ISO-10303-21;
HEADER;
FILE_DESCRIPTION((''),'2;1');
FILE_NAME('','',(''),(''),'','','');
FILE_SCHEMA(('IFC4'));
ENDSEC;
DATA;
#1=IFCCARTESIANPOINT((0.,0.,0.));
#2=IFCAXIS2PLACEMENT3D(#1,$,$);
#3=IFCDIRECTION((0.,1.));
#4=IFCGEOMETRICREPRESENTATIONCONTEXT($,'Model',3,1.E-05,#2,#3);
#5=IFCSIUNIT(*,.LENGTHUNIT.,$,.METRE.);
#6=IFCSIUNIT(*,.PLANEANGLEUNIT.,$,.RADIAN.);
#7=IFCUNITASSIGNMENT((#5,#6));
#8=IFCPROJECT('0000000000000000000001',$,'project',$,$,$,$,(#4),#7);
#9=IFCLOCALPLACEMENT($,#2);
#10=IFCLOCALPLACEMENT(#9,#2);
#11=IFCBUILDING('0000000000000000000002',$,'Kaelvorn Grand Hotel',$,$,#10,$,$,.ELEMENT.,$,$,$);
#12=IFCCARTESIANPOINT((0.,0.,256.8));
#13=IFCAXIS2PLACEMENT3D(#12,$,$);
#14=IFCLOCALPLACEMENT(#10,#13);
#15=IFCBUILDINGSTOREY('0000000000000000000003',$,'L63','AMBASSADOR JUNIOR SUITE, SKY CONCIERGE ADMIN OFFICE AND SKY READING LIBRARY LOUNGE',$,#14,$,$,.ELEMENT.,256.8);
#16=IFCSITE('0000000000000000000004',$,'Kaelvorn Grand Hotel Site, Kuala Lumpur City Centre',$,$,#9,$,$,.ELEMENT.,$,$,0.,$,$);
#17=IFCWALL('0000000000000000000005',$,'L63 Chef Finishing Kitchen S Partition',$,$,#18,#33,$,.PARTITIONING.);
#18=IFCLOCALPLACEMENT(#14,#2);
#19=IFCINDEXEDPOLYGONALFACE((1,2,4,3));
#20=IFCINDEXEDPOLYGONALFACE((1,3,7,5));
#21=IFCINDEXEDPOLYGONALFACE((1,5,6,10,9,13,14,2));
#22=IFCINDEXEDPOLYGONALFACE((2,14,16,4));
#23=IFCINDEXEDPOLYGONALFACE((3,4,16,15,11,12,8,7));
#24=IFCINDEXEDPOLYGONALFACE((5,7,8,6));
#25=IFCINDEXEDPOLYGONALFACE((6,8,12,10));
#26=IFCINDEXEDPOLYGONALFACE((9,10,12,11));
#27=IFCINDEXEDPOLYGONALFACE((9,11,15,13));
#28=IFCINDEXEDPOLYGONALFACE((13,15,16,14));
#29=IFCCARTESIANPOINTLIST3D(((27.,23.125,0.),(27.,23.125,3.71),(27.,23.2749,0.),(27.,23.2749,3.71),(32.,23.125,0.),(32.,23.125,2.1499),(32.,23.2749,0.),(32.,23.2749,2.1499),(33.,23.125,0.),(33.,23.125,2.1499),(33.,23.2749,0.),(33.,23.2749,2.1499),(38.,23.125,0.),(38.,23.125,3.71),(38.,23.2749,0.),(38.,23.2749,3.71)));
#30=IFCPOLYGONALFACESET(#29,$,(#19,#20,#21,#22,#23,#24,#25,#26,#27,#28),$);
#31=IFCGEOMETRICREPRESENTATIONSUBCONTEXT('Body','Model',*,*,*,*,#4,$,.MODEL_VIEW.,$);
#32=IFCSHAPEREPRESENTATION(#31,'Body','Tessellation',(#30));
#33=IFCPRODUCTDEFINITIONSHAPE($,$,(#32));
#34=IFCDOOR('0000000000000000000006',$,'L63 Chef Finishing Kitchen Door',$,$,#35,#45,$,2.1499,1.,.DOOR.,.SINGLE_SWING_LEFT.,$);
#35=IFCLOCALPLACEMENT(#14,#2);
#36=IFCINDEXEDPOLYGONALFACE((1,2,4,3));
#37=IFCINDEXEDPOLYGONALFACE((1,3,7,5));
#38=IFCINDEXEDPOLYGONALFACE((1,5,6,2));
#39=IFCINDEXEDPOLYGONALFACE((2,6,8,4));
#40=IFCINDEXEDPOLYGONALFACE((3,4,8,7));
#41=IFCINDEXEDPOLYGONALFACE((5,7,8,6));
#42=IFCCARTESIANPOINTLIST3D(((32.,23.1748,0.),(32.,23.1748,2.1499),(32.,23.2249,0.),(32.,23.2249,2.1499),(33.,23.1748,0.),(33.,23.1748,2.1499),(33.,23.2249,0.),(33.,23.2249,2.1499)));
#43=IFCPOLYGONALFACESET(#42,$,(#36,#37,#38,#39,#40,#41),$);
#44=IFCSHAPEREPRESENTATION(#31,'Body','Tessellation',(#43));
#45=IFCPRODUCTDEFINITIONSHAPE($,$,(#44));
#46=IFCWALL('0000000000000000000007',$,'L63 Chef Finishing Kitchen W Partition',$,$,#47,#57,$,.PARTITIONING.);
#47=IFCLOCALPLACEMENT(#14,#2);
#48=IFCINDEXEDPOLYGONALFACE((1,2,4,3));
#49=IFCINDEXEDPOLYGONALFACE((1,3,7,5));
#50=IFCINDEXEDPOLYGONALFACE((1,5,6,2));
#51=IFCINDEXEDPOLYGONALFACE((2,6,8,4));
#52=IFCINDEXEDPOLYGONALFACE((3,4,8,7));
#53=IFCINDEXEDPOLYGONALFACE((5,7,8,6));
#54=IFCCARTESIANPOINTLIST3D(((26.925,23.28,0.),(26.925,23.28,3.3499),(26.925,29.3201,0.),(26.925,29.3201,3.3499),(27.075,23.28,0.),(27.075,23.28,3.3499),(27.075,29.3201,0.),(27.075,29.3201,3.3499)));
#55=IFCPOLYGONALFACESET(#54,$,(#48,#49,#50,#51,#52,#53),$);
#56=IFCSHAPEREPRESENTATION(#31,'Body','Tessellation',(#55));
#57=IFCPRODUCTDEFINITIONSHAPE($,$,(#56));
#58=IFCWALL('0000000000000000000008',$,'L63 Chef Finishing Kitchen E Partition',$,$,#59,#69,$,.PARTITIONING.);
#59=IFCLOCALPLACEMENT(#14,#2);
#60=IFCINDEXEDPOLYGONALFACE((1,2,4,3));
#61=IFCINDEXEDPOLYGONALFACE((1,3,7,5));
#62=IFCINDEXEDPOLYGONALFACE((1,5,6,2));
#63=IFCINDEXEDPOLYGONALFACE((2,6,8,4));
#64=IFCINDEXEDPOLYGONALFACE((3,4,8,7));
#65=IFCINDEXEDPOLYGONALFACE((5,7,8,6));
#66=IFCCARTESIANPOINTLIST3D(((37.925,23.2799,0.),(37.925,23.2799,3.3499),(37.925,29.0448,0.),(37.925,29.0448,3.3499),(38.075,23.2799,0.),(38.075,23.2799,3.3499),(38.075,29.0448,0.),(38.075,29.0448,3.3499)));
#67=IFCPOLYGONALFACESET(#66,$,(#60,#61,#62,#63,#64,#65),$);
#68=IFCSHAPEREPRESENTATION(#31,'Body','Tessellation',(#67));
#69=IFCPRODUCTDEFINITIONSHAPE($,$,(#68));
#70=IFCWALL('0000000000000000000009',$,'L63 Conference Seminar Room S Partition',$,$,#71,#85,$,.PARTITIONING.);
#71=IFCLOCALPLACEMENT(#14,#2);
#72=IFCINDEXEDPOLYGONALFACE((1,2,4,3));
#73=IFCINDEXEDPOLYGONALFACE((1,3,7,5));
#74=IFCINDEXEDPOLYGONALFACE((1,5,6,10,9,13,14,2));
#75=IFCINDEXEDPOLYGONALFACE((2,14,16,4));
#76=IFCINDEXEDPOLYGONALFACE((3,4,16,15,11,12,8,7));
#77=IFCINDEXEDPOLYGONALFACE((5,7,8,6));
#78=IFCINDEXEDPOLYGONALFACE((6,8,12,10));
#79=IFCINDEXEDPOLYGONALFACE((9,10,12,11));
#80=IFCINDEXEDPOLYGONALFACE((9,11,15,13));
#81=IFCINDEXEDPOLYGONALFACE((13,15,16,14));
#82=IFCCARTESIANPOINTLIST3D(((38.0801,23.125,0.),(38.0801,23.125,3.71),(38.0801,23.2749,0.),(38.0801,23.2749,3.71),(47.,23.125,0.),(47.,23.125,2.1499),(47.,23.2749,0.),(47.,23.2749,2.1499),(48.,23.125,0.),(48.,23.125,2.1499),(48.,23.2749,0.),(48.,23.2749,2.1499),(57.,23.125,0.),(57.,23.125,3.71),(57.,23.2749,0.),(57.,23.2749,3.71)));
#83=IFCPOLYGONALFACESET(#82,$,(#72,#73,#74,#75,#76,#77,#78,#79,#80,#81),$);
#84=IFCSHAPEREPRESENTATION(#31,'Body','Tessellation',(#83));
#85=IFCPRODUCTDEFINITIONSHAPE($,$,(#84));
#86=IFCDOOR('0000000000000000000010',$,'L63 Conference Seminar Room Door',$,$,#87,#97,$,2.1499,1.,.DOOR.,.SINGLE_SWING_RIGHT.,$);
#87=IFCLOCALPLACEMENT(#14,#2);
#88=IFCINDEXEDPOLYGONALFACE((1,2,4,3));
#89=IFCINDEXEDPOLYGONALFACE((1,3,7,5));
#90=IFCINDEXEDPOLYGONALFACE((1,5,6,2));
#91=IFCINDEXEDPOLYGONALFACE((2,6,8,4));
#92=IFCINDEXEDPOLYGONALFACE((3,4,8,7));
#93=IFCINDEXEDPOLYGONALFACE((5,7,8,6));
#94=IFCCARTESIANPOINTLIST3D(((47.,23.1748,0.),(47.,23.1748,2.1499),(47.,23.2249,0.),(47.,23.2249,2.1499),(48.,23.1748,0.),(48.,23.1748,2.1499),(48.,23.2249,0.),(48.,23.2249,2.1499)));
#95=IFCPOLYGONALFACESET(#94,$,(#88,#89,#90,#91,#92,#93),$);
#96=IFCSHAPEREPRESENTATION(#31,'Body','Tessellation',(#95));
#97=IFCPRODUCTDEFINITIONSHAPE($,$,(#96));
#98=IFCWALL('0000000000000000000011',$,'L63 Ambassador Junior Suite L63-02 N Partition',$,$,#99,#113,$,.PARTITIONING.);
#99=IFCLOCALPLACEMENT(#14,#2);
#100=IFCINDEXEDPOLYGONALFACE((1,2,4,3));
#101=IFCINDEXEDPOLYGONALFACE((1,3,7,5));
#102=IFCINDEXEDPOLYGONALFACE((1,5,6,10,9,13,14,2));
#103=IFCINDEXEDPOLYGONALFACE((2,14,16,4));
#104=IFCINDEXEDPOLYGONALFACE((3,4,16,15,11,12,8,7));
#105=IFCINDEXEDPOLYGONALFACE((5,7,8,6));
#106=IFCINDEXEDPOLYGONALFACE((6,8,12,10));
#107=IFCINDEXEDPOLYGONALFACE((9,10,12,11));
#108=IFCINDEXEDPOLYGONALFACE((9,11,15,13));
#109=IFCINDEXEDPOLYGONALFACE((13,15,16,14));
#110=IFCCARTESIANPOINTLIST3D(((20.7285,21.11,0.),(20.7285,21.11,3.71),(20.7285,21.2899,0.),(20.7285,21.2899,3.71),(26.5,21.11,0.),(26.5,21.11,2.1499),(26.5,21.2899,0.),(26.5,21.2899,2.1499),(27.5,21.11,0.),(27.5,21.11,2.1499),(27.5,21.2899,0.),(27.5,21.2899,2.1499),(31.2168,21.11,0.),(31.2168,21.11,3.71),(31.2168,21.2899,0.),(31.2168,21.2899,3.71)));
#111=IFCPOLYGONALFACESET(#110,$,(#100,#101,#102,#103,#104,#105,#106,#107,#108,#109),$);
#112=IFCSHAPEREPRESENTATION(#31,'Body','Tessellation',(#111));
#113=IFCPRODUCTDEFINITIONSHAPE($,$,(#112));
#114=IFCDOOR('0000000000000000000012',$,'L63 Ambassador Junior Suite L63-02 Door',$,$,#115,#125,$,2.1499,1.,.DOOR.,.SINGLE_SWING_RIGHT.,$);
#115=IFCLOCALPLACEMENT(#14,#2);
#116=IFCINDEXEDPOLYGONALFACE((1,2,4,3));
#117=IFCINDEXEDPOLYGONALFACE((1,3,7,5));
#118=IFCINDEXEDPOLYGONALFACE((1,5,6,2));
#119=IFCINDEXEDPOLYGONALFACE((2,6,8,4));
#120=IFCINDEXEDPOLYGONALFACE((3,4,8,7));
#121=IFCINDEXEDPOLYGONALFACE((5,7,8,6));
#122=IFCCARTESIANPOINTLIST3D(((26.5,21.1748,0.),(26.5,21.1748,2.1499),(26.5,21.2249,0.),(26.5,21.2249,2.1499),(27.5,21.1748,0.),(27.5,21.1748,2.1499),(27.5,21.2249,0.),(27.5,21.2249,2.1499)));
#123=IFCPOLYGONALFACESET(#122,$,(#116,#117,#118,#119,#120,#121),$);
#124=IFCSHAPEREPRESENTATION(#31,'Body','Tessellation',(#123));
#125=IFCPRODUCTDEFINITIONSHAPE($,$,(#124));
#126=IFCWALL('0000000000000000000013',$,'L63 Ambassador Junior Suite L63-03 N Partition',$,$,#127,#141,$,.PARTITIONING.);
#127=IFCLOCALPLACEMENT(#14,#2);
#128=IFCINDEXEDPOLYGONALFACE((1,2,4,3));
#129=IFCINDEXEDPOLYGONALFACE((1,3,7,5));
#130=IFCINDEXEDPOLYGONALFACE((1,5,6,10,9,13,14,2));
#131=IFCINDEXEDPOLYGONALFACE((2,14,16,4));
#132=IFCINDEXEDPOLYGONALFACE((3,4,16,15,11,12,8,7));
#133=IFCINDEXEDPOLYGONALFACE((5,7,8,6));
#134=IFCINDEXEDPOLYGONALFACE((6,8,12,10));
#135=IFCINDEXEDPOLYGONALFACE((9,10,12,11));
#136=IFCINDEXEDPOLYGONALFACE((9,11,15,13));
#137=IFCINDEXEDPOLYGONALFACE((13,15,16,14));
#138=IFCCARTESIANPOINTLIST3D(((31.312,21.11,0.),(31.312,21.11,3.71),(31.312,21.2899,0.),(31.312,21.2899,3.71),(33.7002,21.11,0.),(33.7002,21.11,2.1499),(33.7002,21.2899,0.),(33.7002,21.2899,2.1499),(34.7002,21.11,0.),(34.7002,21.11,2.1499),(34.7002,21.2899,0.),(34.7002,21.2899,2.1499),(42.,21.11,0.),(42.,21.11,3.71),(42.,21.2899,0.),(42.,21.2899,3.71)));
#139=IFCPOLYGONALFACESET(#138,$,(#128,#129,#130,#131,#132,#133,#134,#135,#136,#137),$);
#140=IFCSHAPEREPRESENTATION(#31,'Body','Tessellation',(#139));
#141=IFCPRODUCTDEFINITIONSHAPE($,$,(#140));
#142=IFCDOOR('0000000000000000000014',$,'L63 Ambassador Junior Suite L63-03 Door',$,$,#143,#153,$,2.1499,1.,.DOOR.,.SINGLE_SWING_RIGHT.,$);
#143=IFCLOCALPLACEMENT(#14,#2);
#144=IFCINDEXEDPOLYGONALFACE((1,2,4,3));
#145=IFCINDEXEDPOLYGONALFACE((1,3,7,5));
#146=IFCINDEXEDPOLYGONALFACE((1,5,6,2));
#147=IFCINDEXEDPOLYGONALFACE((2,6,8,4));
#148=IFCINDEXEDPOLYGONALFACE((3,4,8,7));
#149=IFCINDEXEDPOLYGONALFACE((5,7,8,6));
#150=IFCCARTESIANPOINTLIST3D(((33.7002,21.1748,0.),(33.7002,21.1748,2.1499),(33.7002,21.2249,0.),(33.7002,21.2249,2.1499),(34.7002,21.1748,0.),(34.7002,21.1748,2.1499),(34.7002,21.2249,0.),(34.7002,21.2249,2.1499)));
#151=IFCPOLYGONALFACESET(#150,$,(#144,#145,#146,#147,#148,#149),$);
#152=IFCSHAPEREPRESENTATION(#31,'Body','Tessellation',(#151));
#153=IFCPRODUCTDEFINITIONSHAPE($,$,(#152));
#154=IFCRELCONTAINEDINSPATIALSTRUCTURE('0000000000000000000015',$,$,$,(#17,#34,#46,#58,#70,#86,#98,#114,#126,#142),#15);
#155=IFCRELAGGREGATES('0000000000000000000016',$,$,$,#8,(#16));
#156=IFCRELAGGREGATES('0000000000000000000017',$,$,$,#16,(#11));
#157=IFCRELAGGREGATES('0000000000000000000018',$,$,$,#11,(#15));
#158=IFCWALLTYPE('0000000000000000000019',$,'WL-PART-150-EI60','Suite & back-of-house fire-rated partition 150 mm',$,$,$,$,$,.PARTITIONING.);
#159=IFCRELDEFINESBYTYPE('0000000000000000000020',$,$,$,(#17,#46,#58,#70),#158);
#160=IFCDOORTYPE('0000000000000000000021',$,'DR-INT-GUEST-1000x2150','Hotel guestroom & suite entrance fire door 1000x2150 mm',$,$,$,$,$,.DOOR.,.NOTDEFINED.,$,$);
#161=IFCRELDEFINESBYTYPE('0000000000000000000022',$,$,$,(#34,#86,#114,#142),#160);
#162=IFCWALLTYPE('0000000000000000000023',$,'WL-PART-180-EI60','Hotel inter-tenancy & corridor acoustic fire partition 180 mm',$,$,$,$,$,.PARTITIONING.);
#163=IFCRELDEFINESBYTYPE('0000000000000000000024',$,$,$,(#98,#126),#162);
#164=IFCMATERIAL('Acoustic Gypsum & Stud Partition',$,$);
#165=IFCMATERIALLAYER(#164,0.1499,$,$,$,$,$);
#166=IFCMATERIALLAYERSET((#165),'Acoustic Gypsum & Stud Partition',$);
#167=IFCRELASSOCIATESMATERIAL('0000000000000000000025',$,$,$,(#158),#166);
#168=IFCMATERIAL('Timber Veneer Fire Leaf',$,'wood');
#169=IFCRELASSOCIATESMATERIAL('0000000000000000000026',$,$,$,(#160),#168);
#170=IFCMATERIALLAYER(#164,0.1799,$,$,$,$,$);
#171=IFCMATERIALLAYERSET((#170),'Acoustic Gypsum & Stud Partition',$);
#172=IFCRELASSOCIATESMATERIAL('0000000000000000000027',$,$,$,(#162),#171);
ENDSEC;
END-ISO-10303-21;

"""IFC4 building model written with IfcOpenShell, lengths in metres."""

from ifc_helpers import new_model, si_unit, direction, frame, frame_2d, origin, place, context, subcontext, project, spatial, rectangle, extrude, material, layer, layer_set, type_object, element, fill, save


model = new_model("IFC4")

# Units and contexts
model_context = context("Model", 3, precision=1e-05, world=origin(), true_north=direction((0.0, 1.0)))
body_context = subcontext(model_context, "Body", "Model", "MODEL_VIEW")
ifc_project = project(units=[si_unit("LENGTHUNIT", "METRE"), si_unit("PLANEANGLEUNIT", "RADIAN")], contexts=[model_context])

# Site, building, storey
site_placement = place(None, origin())
site = spatial("IfcSite", under=ifc_project, at=site_placement, Name="Kaelvorn Grand Hotel Site, Kuala Lumpur City Centre", CompositionType="ELEMENT", RefElevation=0.0)
building_placement = place(site_placement, origin())
building = spatial("IfcBuilding", under=site, at=building_placement, Name="Kaelvorn Grand Hotel", CompositionType="ELEMENT")
storey_placement = place(building_placement, frame((0.0, 0.0, 256.8)))
storey = spatial("IfcBuildingStorey", under=building, at=storey_placement, Name="L63", Description="AMBASSADOR JUNIOR SUITE, SKY CONCIERGE ADMIN OFFICE AND SKY READING LIBRARY LOUNGE", CompositionType="ELEMENT", Elevation=256.8)

# Shared definitions
ifc_material_1 = material(Name="Acoustic Gypsum & Stud Partition")
ifc_layer_1 = layer(ifc_material_1, 0.1499)
ifc_layer_set_1 = layer_set([ifc_layer_1], Name="Acoustic Gypsum & Stud Partition")
wall_type_1 = type_object("IfcWallType", Name="WL-PART-150-EI60", Description="Suite & back-of-house fire-rated partition 150 mm", PredefinedType="PARTITIONING", material=ifc_layer_set_1)

# Wall, opening, door
wall_1_placement = place(storey_placement, frame((27.0, 23.2, 0.0), z_axis=(0.0, 0.0, 1.0), x_axis=(1.0, 0.0, 0.0)))
wall_1 = element("IfcWall", 1, at=wall_1_placement, inside=storey, type_object=wall_type_1, Name="L63 Chef Finishing Kitchen S Partition", PredefinedType="PARTITIONING", context=body_context, shape_type="SweptSolid", body=[
    extrude(rectangle(XDim=11.0, YDim=0.1499, at=frame_2d((5.5, 0.0))), origin(), (0.0, 0.0, 1.0), 3.71),
])
opening_1_placement = place(wall_1_placement, frame((5.0, 0.0, 0.0)))
opening_1 = element("IfcOpeningElement", 2, at=opening_1_placement, cuts=wall_1, PredefinedType="OPENING", context=body_context, shape_type="SweptSolid", body=[
    extrude(rectangle(XDim=1.0, YDim=2.1499, at=frame_2d((0.5, 1.075))), frame((0.0, 0.085, 0.0), z_axis=(0.0, -1.0, 0.0), x_axis=(1.0, 0.0, 0.0)), (0.0, 0.0, 1.0), 0.1699),
])
ifc_material_2 = material(Name="Timber Veneer Fire Leaf", Category="wood")
door_type_1 = type_object("IfcDoorType", Name="DR-INT-GUEST-1000x2150", Description="Hotel guestroom & suite entrance fire door 1000x2150 mm", OperationType="NOTDEFINED", PredefinedType="DOOR", material=ifc_material_2)
door_1_placement = place(opening_1_placement, origin())
door_1 = element("IfcDoor", 3, at=door_1_placement, inside=storey, type_object=door_type_1, Name="L63 Chef Finishing Kitchen Door", OperationType="SINGLE_SWING_LEFT", OverallHeight=2.1499, OverallWidth=1.0, PredefinedType="DOOR", context=body_context, shape_type="SweptSolid", body=[
    extrude(rectangle(XDim=1.0, YDim=2.1499, at=frame_2d((0.5, 1.075))), frame((0.0, 0.0249, 0.0), z_axis=(0.0, -1.0, 0.0), x_axis=(1.0, 0.0, 0.0)), (0.0, 0.0, 1.0), 0.05),
])
fill(opening_1, door_1)

# Walls
wall_2_placement = place(storey_placement, frame((27.0, 23.28, 0.0), z_axis=(0.0, 0.0, 1.0), x_axis=(0.0, 1.0, 0.0)))
element("IfcWall", 4, at=wall_2_placement, inside=storey, type_object=wall_type_1, Name="L63 Chef Finishing Kitchen W Partition", PredefinedType="PARTITIONING", context=body_context, shape_type="SweptSolid", body=[
    extrude(rectangle(XDim=6.04, YDim=0.1499, at=frame_2d((3.02, 0.0))), origin(), (0.0, 0.0, 1.0), 3.3499),
])
wall_3_placement = place(storey_placement, frame((38.0, 23.28, 0.0), z_axis=(0.0, 0.0, 1.0), x_axis=(0.0, 1.0, 0.0)))
element("IfcWall", 5, at=wall_3_placement, inside=storey, type_object=wall_type_1, Name="L63 Chef Finishing Kitchen E Partition", PredefinedType="PARTITIONING", context=body_context, shape_type="SweptSolid", body=[
    extrude(rectangle(XDim=5.7649, YDim=0.1499, at=frame_2d((2.8823, 0.0))), origin(), (0.0, 0.0, 1.0), 3.3499),
])

# Walls, openings, doors
wall_4_placement = place(storey_placement, frame((38.0801, 23.2, 0.0), z_axis=(0.0, 0.0, 1.0), x_axis=(1.0, 0.0, 0.0)))
wall_4 = element("IfcWall", 6, at=wall_4_placement, inside=storey, type_object=wall_type_1, Name="L63 Conference Seminar Room S Partition", PredefinedType="PARTITIONING", context=body_context, shape_type="SweptSolid", body=[
    extrude(rectangle(XDim=18.9199, YDim=0.1499, at=frame_2d((9.46, 0.0))), origin(), (0.0, 0.0, 1.0), 3.71),
])
opening_2_placement = place(wall_4_placement, frame((8.9199, 0.0, 0.0)))
opening_2 = element("IfcOpeningElement", 7, at=opening_2_placement, cuts=wall_4, PredefinedType="OPENING", context=body_context, shape_type="SweptSolid", body=[
    extrude(rectangle(XDim=1.0, YDim=2.1499, at=frame_2d((0.5, 1.075))), frame((0.0, 0.085, 0.0), z_axis=(0.0, -1.0, 0.0), x_axis=(1.0, 0.0, 0.0)), (0.0, 0.0, 1.0), 0.1699),
])
door_2_placement = place(opening_2_placement, origin())
door_2 = element("IfcDoor", 8, at=door_2_placement, inside=storey, type_object=door_type_1, Name="L63 Conference Seminar Room Door", OperationType="SINGLE_SWING_RIGHT", OverallHeight=2.1499, OverallWidth=1.0, PredefinedType="DOOR", context=body_context, shape_type="SweptSolid", body=[
    extrude(rectangle(XDim=1.0, YDim=2.1499, at=frame_2d((0.5, 1.075))), frame((0.0, 0.0249, 0.0), z_axis=(0.0, -1.0, 0.0), x_axis=(1.0, 0.0, 0.0)), (0.0, 0.0, 1.0), 0.05),
])
fill(opening_2, door_2)
ifc_layer_2 = layer(ifc_material_1, 0.1799)
ifc_layer_set_2 = layer_set([ifc_layer_2], Name="Acoustic Gypsum & Stud Partition")
wall_type_2 = type_object("IfcWallType", Name="WL-PART-180-EI60", Description="Hotel inter-tenancy & corridor acoustic fire partition 180 mm", PredefinedType="PARTITIONING", material=ifc_layer_set_2)
wall_5_placement = place(storey_placement, frame((20.7285, 21.2, 0.0), z_axis=(0.0, 0.0, 1.0), x_axis=(1.0, 0.0, 0.0)))
wall_5 = element("IfcWall", 9, at=wall_5_placement, inside=storey, type_object=wall_type_2, Name="L63 Ambassador Junior Suite L63-02 N Partition", PredefinedType="PARTITIONING", context=body_context, shape_type="SweptSolid", body=[
    extrude(rectangle(XDim=10.4883, YDim=0.1799, at=frame_2d((5.2441, 0.0))), origin(), (0.0, 0.0, 1.0), 3.71),
])
opening_3_placement = place(wall_5_placement, frame((5.7715, 0.0, 0.0)))
opening_3 = element("IfcOpeningElement", 10, at=opening_3_placement, cuts=wall_5, PredefinedType="OPENING", context=body_context, shape_type="SweptSolid", body=[
    extrude(rectangle(XDim=1.0, YDim=2.1499, at=frame_2d((0.5, 1.075))), frame((0.0, 0.1001, 0.0), z_axis=(0.0, -1.0, 0.0), x_axis=(1.0, 0.0, 0.0)), (0.0, 0.0, 1.0), 0.2),
])
door_3_placement = place(opening_3_placement, origin())
door_3 = element("IfcDoor", 11, at=door_3_placement, inside=storey, type_object=door_type_1, Name="L63 Ambassador Junior Suite L63-02 Door", OperationType="SINGLE_SWING_RIGHT", OverallHeight=2.1499, OverallWidth=1.0, PredefinedType="DOOR", context=body_context, shape_type="SweptSolid", body=[
    extrude(rectangle(XDim=1.0, YDim=2.1499, at=frame_2d((0.5, 1.075))), frame((0.0, 0.0249, 0.0), z_axis=(0.0, -1.0, 0.0), x_axis=(1.0, 0.0, 0.0)), (0.0, 0.0, 1.0), 0.05),
])
fill(opening_3, door_3)
wall_6_placement = place(storey_placement, frame((31.312, 21.2, 0.0), z_axis=(0.0, 0.0, 1.0), x_axis=(1.0, 0.0, 0.0)))
wall_6 = element("IfcWall", 12, at=wall_6_placement, inside=storey, type_object=wall_type_2, Name="L63 Ambassador Junior Suite L63-03 N Partition", PredefinedType="PARTITIONING", context=body_context, shape_type="SweptSolid", body=[
    extrude(rectangle(XDim=10.688, YDim=0.1799, at=frame_2d((5.344, 0.0))), origin(), (0.0, 0.0, 1.0), 3.71),
])
opening_4_placement = place(wall_6_placement, frame((2.3882, 0.0, 0.0)))
opening_4 = element("IfcOpeningElement", 13, at=opening_4_placement, cuts=wall_6, PredefinedType="OPENING", context=body_context, shape_type="SweptSolid", body=[
    extrude(rectangle(XDim=1.0, YDim=2.1499, at=frame_2d((0.5, 1.075))), frame((0.0, 0.1001, 0.0), z_axis=(0.0, -1.0, 0.0), x_axis=(1.0, 0.0, 0.0)), (0.0, 0.0, 1.0), 0.2),
])
door_4_placement = place(opening_4_placement, origin())
door_4 = element("IfcDoor", 14, at=door_4_placement, inside=storey, type_object=door_type_1, Name="L63 Ambassador Junior Suite L63-03 Door", OperationType="SINGLE_SWING_RIGHT", OverallHeight=2.1499, OverallWidth=1.0, PredefinedType="DOOR", context=body_context, shape_type="SweptSolid", body=[
    extrude(rectangle(XDim=1.0, YDim=2.1499, at=frame_2d((0.5, 1.075))), frame((0.0, 0.0249, 0.0), z_axis=(0.0, -1.0, 0.0), x_axis=(1.0, 0.0, 0.0)), (0.0, 0.0, 1.0), 0.05),
])
fill(opening_4, door_4)

save(model, "model.ifc")
